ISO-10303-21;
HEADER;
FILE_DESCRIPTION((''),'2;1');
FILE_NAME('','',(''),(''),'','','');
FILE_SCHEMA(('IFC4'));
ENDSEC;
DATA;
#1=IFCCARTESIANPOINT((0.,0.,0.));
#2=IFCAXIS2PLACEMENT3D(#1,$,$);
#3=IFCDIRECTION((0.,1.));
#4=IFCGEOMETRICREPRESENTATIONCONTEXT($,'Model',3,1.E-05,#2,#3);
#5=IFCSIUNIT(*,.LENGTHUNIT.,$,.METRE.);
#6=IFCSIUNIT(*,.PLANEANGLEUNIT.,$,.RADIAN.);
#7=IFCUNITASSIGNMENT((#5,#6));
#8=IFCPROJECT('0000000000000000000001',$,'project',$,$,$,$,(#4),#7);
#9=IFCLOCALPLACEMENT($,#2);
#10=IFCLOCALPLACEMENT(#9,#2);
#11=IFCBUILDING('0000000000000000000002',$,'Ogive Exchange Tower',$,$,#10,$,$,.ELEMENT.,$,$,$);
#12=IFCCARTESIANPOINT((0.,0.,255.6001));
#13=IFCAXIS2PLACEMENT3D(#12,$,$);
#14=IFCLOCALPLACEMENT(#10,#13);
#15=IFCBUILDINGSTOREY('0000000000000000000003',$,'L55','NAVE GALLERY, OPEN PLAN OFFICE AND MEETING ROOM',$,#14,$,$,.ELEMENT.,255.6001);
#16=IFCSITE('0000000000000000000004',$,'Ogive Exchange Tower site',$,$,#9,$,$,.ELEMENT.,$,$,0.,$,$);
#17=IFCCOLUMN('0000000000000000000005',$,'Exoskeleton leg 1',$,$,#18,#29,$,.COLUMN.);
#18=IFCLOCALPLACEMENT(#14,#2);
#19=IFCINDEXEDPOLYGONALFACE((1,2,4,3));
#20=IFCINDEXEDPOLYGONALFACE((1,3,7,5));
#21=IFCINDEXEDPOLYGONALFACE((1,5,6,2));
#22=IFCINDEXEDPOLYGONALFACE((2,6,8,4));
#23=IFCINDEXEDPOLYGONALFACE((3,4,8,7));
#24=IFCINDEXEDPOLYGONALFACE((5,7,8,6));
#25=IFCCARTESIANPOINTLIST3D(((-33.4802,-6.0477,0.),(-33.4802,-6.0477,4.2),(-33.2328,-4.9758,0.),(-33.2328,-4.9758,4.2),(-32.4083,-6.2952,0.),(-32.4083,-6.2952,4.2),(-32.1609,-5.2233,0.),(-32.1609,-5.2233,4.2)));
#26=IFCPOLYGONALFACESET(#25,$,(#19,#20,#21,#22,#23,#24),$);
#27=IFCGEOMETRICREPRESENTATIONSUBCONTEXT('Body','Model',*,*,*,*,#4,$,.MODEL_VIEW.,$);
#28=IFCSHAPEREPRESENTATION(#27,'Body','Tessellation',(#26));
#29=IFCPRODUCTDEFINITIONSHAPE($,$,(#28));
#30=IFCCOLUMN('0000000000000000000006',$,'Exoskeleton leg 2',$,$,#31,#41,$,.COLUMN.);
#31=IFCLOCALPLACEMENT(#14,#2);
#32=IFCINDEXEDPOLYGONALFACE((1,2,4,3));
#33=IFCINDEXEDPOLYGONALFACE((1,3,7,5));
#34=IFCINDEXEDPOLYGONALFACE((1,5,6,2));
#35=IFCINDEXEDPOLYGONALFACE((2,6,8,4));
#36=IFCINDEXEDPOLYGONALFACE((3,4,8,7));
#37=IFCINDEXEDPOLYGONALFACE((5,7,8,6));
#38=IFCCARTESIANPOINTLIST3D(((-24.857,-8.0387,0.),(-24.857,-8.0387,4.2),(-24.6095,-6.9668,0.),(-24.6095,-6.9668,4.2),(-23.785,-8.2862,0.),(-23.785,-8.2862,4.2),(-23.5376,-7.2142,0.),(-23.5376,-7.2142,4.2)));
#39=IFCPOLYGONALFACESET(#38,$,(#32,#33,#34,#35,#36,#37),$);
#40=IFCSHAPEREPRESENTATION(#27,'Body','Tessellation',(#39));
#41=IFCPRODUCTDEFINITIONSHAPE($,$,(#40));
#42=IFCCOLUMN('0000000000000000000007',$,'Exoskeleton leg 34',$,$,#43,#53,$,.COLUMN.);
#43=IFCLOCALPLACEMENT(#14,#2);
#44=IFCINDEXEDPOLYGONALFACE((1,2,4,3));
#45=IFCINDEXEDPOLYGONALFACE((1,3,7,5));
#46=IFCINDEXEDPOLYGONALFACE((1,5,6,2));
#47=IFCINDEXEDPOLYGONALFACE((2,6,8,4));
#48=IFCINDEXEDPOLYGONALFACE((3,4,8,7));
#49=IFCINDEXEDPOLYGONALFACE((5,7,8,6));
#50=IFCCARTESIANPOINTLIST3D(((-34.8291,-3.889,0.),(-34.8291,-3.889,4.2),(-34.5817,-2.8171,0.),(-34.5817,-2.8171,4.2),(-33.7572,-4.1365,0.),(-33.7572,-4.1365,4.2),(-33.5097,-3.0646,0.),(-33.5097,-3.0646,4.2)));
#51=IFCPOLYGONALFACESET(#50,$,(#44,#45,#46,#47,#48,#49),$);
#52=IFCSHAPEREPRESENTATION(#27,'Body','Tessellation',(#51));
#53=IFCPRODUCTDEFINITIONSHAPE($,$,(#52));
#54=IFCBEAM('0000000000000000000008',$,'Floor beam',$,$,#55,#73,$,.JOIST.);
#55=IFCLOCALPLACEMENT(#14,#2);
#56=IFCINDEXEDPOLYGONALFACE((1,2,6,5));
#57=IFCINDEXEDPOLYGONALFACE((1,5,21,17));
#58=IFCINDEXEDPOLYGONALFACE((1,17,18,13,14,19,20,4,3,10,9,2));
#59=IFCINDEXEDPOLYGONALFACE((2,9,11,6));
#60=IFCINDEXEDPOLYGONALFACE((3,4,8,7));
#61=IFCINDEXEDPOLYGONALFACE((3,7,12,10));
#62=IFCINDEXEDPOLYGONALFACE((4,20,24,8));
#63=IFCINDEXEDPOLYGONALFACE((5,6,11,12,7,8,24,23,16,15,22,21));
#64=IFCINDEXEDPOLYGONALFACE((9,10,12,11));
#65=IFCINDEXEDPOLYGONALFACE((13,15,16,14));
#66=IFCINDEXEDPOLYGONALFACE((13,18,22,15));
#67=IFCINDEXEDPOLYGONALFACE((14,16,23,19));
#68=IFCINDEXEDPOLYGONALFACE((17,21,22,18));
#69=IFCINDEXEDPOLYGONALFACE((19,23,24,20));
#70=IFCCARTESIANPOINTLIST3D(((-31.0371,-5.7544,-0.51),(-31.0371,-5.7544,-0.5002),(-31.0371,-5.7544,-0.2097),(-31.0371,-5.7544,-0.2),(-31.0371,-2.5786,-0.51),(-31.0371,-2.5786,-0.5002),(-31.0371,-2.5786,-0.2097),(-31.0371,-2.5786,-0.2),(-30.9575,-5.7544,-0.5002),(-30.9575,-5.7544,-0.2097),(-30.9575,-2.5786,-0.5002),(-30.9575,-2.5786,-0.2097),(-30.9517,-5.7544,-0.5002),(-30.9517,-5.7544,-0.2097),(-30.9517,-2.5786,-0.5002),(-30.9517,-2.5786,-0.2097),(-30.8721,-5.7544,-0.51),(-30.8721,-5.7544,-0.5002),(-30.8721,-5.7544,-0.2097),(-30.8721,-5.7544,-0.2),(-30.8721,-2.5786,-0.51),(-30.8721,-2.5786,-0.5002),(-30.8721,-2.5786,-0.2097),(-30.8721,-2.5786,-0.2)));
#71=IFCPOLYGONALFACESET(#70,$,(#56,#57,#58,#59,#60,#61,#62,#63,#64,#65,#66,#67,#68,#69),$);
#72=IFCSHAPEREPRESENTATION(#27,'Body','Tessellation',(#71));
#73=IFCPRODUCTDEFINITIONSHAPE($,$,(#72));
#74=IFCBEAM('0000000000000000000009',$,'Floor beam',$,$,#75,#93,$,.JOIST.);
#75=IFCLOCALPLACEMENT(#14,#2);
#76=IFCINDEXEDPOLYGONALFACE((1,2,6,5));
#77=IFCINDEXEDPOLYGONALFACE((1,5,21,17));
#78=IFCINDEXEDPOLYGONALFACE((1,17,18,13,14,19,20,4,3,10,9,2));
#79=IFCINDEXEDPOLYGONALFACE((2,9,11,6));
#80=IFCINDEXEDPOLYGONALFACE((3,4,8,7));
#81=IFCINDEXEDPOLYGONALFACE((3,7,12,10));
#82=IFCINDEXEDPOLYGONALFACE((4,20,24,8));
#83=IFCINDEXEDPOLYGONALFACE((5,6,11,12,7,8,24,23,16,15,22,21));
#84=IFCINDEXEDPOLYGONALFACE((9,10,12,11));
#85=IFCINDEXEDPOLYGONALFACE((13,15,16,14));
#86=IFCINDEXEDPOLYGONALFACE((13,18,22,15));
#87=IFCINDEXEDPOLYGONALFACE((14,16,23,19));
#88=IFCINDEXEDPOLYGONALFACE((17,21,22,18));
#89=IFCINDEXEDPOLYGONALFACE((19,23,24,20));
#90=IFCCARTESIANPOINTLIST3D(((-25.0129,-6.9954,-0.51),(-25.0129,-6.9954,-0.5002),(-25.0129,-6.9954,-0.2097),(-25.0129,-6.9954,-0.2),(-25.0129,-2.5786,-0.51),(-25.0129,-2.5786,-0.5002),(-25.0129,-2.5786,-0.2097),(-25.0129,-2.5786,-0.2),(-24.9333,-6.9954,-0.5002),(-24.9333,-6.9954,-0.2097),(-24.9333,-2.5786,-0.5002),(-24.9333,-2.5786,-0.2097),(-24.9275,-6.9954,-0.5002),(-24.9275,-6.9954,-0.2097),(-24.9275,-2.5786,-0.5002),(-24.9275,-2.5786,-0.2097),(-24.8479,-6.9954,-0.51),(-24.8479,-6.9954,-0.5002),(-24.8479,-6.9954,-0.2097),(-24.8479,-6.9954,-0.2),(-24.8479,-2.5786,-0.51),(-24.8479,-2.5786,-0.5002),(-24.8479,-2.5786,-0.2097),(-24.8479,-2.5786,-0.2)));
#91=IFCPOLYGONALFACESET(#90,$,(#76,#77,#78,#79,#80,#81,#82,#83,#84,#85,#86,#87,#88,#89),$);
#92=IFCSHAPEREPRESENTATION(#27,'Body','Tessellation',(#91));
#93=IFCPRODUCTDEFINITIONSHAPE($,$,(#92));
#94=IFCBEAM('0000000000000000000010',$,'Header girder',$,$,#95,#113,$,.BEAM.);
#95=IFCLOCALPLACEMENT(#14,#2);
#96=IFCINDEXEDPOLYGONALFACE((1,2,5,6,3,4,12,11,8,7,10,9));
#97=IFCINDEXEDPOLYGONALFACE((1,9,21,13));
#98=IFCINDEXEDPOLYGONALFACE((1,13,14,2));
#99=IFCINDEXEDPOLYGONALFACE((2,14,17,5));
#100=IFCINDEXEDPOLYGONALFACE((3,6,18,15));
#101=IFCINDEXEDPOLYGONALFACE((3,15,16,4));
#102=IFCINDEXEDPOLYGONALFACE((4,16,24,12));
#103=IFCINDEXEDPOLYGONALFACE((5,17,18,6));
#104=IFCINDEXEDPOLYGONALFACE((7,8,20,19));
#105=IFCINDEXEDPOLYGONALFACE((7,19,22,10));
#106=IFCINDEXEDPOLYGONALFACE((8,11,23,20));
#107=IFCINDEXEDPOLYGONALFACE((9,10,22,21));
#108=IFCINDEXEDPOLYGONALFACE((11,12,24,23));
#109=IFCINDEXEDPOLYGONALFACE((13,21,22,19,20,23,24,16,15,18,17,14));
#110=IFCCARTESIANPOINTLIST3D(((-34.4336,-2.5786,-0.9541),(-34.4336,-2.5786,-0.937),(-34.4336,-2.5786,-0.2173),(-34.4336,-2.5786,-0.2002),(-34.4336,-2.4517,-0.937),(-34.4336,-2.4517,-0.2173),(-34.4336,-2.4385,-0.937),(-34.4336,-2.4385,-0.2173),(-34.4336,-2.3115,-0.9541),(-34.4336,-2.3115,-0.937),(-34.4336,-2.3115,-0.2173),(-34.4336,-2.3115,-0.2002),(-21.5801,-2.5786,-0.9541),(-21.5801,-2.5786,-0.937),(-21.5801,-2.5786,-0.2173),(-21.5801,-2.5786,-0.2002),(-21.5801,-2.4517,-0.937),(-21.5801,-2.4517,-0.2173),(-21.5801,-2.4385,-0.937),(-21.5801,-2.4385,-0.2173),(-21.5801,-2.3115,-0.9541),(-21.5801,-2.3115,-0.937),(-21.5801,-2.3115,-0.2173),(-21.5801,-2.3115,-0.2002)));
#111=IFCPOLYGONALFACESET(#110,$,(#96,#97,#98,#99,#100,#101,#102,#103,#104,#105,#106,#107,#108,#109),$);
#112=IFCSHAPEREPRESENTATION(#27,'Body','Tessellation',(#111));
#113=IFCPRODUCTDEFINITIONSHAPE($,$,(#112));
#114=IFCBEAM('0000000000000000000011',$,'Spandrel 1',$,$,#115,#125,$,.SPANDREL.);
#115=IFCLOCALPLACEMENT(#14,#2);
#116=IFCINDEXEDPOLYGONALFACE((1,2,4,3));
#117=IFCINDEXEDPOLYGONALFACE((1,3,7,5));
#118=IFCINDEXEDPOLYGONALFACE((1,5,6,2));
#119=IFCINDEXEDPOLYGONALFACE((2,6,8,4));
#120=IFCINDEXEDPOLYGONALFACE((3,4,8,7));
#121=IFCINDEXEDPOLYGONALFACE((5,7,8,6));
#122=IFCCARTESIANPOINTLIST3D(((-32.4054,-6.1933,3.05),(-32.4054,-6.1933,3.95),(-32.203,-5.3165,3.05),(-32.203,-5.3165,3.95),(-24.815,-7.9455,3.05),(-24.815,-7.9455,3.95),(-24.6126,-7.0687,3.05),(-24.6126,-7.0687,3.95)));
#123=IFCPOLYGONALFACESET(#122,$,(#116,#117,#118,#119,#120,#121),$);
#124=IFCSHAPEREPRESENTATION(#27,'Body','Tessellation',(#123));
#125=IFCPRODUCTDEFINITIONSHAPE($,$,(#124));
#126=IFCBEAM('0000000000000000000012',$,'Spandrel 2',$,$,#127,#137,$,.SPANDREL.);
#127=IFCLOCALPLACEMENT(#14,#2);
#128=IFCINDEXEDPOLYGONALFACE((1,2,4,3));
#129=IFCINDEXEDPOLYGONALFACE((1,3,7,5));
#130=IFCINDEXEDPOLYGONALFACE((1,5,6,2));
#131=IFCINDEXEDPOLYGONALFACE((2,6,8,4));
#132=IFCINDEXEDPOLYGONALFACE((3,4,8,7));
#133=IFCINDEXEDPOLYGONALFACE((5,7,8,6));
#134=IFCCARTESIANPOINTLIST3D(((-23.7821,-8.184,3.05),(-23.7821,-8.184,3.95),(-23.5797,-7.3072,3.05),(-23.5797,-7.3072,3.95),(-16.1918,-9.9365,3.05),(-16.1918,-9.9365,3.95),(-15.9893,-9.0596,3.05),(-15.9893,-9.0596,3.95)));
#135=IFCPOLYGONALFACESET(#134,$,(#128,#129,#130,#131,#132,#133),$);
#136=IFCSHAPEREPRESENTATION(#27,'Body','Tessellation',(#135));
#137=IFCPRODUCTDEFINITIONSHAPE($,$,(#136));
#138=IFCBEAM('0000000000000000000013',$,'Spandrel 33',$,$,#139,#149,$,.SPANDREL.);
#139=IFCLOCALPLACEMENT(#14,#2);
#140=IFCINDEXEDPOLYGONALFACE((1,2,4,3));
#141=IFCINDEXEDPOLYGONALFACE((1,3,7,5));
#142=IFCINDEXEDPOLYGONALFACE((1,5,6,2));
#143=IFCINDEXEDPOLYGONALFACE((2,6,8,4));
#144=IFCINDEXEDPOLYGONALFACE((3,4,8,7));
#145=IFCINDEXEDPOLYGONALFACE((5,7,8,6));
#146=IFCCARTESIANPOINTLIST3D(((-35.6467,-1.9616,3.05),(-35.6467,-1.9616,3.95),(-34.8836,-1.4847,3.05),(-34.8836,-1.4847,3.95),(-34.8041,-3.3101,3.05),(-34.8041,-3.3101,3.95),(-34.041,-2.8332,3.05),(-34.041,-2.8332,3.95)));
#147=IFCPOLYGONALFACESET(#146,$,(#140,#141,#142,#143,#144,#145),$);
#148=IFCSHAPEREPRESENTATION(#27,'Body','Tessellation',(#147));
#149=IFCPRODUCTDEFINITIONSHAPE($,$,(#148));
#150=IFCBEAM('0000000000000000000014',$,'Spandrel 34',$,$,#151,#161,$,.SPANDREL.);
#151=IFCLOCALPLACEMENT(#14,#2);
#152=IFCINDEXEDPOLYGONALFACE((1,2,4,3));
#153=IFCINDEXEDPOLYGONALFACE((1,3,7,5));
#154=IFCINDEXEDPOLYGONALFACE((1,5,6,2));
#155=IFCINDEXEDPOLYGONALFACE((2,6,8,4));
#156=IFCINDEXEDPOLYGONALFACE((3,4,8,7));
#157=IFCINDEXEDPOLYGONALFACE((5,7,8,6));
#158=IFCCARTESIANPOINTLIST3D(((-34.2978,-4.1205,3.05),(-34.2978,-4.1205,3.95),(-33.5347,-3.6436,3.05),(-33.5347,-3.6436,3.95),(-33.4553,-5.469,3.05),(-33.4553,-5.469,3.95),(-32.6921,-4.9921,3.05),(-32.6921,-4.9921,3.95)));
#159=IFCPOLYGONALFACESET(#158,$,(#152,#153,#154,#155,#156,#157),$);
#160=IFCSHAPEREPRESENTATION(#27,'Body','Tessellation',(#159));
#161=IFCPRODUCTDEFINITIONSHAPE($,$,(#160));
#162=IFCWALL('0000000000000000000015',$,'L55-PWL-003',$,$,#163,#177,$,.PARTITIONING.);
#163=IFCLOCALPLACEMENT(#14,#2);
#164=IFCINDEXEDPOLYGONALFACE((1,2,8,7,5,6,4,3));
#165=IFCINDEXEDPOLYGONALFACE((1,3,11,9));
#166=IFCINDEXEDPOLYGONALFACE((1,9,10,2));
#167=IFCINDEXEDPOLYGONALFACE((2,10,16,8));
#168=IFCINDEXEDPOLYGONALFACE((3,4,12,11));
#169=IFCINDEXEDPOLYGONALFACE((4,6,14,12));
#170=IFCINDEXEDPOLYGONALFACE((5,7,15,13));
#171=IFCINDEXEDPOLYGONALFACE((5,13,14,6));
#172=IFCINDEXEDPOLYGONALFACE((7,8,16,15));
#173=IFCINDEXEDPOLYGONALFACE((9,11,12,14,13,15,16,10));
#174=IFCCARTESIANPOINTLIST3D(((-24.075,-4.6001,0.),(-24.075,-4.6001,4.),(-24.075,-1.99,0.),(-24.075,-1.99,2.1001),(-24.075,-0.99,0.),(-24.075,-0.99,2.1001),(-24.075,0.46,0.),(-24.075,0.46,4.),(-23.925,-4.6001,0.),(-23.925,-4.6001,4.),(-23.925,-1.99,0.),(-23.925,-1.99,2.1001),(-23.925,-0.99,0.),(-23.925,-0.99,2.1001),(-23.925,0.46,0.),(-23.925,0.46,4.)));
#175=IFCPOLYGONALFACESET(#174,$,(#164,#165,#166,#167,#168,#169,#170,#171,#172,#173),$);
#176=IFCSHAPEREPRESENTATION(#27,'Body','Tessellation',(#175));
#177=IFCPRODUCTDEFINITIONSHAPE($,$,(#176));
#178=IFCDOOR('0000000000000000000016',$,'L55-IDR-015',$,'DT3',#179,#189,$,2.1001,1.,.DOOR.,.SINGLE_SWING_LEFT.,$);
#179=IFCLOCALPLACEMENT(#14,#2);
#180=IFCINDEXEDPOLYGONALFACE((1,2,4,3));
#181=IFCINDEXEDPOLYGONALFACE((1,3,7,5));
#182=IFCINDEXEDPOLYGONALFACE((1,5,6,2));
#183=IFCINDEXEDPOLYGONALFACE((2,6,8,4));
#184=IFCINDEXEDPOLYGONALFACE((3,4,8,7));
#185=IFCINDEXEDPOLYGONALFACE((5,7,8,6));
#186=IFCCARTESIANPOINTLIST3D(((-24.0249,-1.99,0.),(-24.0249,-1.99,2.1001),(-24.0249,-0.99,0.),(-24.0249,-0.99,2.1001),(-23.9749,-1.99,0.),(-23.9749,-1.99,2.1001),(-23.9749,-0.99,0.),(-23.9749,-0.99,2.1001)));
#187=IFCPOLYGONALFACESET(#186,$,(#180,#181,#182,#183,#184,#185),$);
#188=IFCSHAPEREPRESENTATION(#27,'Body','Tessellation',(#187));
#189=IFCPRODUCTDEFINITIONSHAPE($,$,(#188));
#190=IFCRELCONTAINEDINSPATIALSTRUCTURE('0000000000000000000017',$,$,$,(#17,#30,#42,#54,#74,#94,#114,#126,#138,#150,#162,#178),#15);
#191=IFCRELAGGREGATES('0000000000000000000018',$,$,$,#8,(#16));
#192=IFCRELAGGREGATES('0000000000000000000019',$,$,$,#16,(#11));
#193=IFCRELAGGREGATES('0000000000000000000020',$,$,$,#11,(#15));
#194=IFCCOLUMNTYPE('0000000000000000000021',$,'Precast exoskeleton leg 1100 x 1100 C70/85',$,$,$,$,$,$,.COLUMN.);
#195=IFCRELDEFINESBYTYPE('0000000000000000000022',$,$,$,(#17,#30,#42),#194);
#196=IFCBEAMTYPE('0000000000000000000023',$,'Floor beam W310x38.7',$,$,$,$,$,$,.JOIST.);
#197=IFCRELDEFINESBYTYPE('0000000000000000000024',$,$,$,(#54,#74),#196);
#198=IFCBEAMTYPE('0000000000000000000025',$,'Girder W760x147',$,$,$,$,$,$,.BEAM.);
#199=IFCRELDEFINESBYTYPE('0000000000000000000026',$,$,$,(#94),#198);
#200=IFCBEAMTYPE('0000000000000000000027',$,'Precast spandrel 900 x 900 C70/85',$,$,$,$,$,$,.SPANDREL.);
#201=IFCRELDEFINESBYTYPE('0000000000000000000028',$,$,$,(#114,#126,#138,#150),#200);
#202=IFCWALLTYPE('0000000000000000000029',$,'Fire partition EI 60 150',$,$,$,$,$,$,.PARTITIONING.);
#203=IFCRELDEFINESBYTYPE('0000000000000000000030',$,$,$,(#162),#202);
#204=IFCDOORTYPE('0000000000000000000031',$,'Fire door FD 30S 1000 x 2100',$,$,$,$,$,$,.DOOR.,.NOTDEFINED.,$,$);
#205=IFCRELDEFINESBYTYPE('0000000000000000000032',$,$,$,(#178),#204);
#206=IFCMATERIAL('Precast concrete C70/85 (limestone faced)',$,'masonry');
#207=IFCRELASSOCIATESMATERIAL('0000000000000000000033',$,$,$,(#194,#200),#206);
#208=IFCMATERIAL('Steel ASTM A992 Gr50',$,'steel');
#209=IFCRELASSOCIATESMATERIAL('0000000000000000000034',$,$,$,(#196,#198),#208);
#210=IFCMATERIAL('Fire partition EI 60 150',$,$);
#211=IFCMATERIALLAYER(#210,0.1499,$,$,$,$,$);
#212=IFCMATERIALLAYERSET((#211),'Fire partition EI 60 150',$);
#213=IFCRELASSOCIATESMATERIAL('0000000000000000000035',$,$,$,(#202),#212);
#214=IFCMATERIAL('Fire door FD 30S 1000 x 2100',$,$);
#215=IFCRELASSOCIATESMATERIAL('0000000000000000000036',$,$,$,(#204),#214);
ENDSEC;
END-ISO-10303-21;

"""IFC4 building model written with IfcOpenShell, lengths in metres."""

from ifc_helpers import new_model, si_unit, direction, frame, frame_2d, origin, origin_2d, place, context, subcontext, project, spatial, rectangle, i_section, extrude, material, layer, layer_set, material_profile, profile_set, type_object, element, fill, save


model = new_model("IFC4")

# Units and contexts
model_context = context("Model", 3, precision=1e-05, world=origin(), true_north=direction((0.0, 1.0)))
body_context = subcontext(model_context, "Body", "Model", "MODEL_VIEW")
ifc_project = project(units=[si_unit("LENGTHUNIT", "METRE"), si_unit("PLANEANGLEUNIT", "RADIAN")], contexts=[model_context])

# Site, building, storey
site_placement = place(None, origin())
site = spatial("IfcSite", under=ifc_project, at=site_placement, Name="Ogive Exchange Tower site", CompositionType="ELEMENT", RefElevation=0.0)
building_placement = place(site_placement, origin())
building = spatial("IfcBuilding", under=site, at=building_placement, Name="Ogive Exchange Tower", CompositionType="ELEMENT")
storey_placement = place(building_placement, frame((0.0, 0.0, 255.6001)))
storey = spatial("IfcBuildingStorey", under=building, at=storey_placement, Name="L55", Description="NAVE GALLERY, OPEN PLAN OFFICE AND MEETING ROOM", CompositionType="ELEMENT", Elevation=255.6001)

# Columns
ifc_material_1 = material(Name="Precast concrete C70/85 (limestone faced)", Category="masonry")
ifc_material_profile_1 = material_profile(ifc_material_1, rectangle(XDim=1.1001, YDim=1.1001, at=origin_2d()), Name="1100 x 1100")
ifc_profile_set_1 = profile_set([ifc_material_profile_1], Name="Precast concrete C70/85 (limestone faced)")
column_type = type_object("IfcColumnType", Name="Precast exoskeleton leg 1100 x 1100 C70/85", PredefinedType="COLUMN", material=ifc_profile_set_1)
for number, where, z_axis, x_axis, name in (
    (1, (-32.8206, -5.6355, 0.0), (0.0, 0.0, 1.0), (0.97437, -0.224951, 0.0), "Exoskeleton leg 1"),
    (2, (-24.1973, -7.6265, 0.0), (0.0, 0.0, 1.0), (0.97437, -0.224951, 0.0), "Exoskeleton leg 2"),
    (3, (-34.1694, -3.4768, 0.0), (0.0, 0.0, 1.0), (0.97437, -0.224951, 0.0), "Exoskeleton leg 34"),
):
    element("IfcColumn", number, at=place(storey_placement, frame(where, z_axis=z_axis, x_axis=x_axis)), inside=storey, type_object=column_type, Name=name, PredefinedType="COLUMN", context=body_context, shape_type="SweptSolid", body=[
        extrude(rectangle(XDim=1.1001, YDim=1.1001, at=origin_2d()), origin(), (0.0, 0.0, 1.0), 4.2),
    ])

# Beams
ifc_material_2 = material(Name="Steel ASTM A992 Gr50", Category="steel")
ifc_material_profile_2 = material_profile(ifc_material_2, i_section(OverallWidth=0.165, OverallDepth=0.3101, WebThickness=0.0059, FlangeThickness=0.0098, at=origin_2d()), Name="W310x38.7")
ifc_profile_set_2 = profile_set([ifc_material_profile_2], Name="Steel ASTM A992 Gr50")
beam_type_1 = type_object("IfcBeamType", Name="Floor beam W310x38.7", PredefinedType="JOIST", material=ifc_profile_set_2)
beam_1_placement = place(storey_placement, frame((-30.9546, -5.7544, -0.355), z_axis=(0.0, 1.0, 0.0), x_axis=(-1.0, 0.0, 0.0)))
element("IfcBeam", 4, at=beam_1_placement, inside=storey, type_object=beam_type_1, Name="Floor beam", PredefinedType="JOIST", context=body_context, shape_type="SweptSolid", body=[
    extrude(i_section(OverallWidth=0.165, OverallDepth=0.3101, WebThickness=0.0059, FlangeThickness=0.0098, at=origin_2d()), origin(), (0.0, 0.0, 1.0), 3.1758),
])
beam_2_placement = place(storey_placement, frame((-24.9304, -6.9954, -0.355), z_axis=(0.0, 1.0, 0.0), x_axis=(-1.0, 0.0, 0.0)))
element("IfcBeam", 5, at=beam_2_placement, inside=storey, type_object=beam_type_1, Name="Floor beam", PredefinedType="JOIST", context=body_context, shape_type="SweptSolid", body=[
    extrude(i_section(OverallWidth=0.165, OverallDepth=0.3101, WebThickness=0.0059, FlangeThickness=0.0098, at=origin_2d()), origin(), (0.0, 0.0, 1.0), 4.4167),
])
ifc_material_profile_3 = material_profile(ifc_material_2, i_section(OverallWidth=0.2671, OverallDepth=0.7539, WebThickness=0.0132, FlangeThickness=0.0171, at=origin_2d()), Name="W760x147")
ifc_profile_set_3 = profile_set([ifc_material_profile_3], Name="Steel ASTM A992 Gr50")
beam_type_2 = type_object("IfcBeamType", Name="Girder W760x147", PredefinedType="BEAM", material=ifc_profile_set_3)
beam_3_placement = place(storey_placement, frame((-34.4336, -2.4451, -0.5771), z_axis=(1.0, 0.0, 0.0), x_axis=(0.0, 1.0, 0.0)))
element("IfcBeam", 6, at=beam_3_placement, inside=storey, type_object=beam_type_2, Name="Header girder", PredefinedType="BEAM", context=body_context, shape_type="SweptSolid", body=[
    extrude(i_section(OverallWidth=0.2671, OverallDepth=0.7539, WebThickness=0.0132, FlangeThickness=0.0171, at=origin_2d()), origin(), (0.0, 0.0, 1.0), 12.8535),
])
ifc_material_profile_4 = material_profile(ifc_material_1, rectangle(XDim=0.8999, YDim=0.8999, at=origin_2d()), Name="900 x 900")
ifc_profile_set_4 = profile_set([ifc_material_profile_4], Name="Precast concrete C70/85 (limestone faced)")
beam_type_3 = type_object("IfcBeamType", Name="Precast spandrel 900 x 900 C70/85", PredefinedType="SPANDREL", material=ifc_profile_set_4)
for number, where, z_axis, x_axis, name in (
    (7, (-32.3042, -5.7549, 3.5), (0.974375, -0.22493, 0.0), (0.22493, 0.974375, 0.0), "Spandrel 1"),
    (8, (-23.6809, -7.7456, 3.5), (0.974368, -0.22496, 0.0), (0.22496, 0.974368, 0.0), "Spandrel 2"),
):
    element("IfcBeam", number, at=place(storey_placement, frame(where, z_axis=z_axis, x_axis=x_axis)), inside=storey, type_object=beam_type_3, Name=name, PredefinedType="SPANDREL", context=body_context, shape_type="SweptSolid", body=[
        extrude(rectangle(XDim=0.8999, YDim=0.8999, at=origin_2d()), origin(), (0.0, 0.0, 1.0), 7.79),
    ])
for number, where, z_axis, x_axis, name in (
    (9, (-35.2651, -1.7231, 3.5), (0.529902, -0.848059, 0.0), (0.848059, 0.529902, 0.0), "Spandrel 33"),
    (10, (-33.9163, -3.8821, 3.5), (0.529902, -0.848059, 0.0), (0.848059, 0.529902, 0.0), "Spandrel 34"),
):
    element("IfcBeam", number, at=place(storey_placement, frame(where, z_axis=z_axis, x_axis=x_axis)), inside=storey, type_object=beam_type_3, Name=name, PredefinedType="SPANDREL", context=body_context, shape_type="SweptSolid", body=[
        extrude(rectangle(XDim=0.8999, YDim=0.8999, at=origin_2d()), origin(), (0.0, 0.0, 1.0), 1.5901),
    ])

# Wall, opening, door
ifc_material_3 = material(Name="Fire partition EI 60 150")
ifc_layer_1 = layer(ifc_material_3, 0.1499)
ifc_layer_set_1 = layer_set([ifc_layer_1], Name="Fire partition EI 60 150")
wall_type_1 = type_object("IfcWallType", Name="Fire partition EI 60 150", PredefinedType="PARTITIONING", material=ifc_layer_set_1)
wall_1_placement = place(storey_placement, frame((-24.0, -4.6001, 0.0), z_axis=(0.0, 0.0, 1.0), x_axis=(0.0, 1.0, 0.0)))
wall_1 = element("IfcWall", 11, at=wall_1_placement, inside=storey, type_object=wall_type_1, Name="L55-PWL-003", PredefinedType="PARTITIONING", context=body_context, shape_type="SweptSolid", body=[
    extrude(rectangle(XDim=5.0601, YDim=0.1499, at=frame_2d((2.53, 0.0))), origin(), (0.0, 0.0, 1.0), 4.0),
])
opening_1_placement = place(wall_1_placement, frame((2.6101, 0.0, 0.0)))
opening_1 = element("IfcOpeningElement", 12, at=opening_1_placement, cuts=wall_1, PredefinedType="OPENING", context=body_context, shape_type="SweptSolid", body=[
    extrude(rectangle(XDim=1.0, YDim=2.1001, at=frame_2d((0.5, 1.05))), frame((0.0, 0.085, 0.0), z_axis=(0.0, -1.0, 0.0), x_axis=(1.0, 0.0, 0.0)), (0.0, 0.0, 1.0), 0.1699),
])
ifc_material_4 = material(Name="Fire door FD 30S 1000 x 2100")
door_type_1 = type_object("IfcDoorType", Name="Fire door FD 30S 1000 x 2100", OperationType="NOTDEFINED", PredefinedType="DOOR", material=ifc_material_4)
door_1_placement = place(opening_1_placement, origin())
door_1 = element("IfcDoor", 13, at=door_1_placement, inside=storey, type_object=door_type_1, Name="L55-IDR-015", ObjectType="DT3", OperationType="SINGLE_SWING_LEFT", OverallHeight=2.1001, OverallWidth=1.0, PredefinedType="DOOR", context=body_context, shape_type="SweptSolid", body=[
    extrude(rectangle(XDim=1.0, YDim=2.1001, at=frame_2d((0.5, 1.05))), frame((0.0, 0.0249, 0.0), z_axis=(0.0, -1.0, 0.0), x_axis=(1.0, 0.0, 0.0)), (0.0, 0.0, 1.0), 0.05),
])
fill(opening_1, door_1)

save(model, "model.ifc")
